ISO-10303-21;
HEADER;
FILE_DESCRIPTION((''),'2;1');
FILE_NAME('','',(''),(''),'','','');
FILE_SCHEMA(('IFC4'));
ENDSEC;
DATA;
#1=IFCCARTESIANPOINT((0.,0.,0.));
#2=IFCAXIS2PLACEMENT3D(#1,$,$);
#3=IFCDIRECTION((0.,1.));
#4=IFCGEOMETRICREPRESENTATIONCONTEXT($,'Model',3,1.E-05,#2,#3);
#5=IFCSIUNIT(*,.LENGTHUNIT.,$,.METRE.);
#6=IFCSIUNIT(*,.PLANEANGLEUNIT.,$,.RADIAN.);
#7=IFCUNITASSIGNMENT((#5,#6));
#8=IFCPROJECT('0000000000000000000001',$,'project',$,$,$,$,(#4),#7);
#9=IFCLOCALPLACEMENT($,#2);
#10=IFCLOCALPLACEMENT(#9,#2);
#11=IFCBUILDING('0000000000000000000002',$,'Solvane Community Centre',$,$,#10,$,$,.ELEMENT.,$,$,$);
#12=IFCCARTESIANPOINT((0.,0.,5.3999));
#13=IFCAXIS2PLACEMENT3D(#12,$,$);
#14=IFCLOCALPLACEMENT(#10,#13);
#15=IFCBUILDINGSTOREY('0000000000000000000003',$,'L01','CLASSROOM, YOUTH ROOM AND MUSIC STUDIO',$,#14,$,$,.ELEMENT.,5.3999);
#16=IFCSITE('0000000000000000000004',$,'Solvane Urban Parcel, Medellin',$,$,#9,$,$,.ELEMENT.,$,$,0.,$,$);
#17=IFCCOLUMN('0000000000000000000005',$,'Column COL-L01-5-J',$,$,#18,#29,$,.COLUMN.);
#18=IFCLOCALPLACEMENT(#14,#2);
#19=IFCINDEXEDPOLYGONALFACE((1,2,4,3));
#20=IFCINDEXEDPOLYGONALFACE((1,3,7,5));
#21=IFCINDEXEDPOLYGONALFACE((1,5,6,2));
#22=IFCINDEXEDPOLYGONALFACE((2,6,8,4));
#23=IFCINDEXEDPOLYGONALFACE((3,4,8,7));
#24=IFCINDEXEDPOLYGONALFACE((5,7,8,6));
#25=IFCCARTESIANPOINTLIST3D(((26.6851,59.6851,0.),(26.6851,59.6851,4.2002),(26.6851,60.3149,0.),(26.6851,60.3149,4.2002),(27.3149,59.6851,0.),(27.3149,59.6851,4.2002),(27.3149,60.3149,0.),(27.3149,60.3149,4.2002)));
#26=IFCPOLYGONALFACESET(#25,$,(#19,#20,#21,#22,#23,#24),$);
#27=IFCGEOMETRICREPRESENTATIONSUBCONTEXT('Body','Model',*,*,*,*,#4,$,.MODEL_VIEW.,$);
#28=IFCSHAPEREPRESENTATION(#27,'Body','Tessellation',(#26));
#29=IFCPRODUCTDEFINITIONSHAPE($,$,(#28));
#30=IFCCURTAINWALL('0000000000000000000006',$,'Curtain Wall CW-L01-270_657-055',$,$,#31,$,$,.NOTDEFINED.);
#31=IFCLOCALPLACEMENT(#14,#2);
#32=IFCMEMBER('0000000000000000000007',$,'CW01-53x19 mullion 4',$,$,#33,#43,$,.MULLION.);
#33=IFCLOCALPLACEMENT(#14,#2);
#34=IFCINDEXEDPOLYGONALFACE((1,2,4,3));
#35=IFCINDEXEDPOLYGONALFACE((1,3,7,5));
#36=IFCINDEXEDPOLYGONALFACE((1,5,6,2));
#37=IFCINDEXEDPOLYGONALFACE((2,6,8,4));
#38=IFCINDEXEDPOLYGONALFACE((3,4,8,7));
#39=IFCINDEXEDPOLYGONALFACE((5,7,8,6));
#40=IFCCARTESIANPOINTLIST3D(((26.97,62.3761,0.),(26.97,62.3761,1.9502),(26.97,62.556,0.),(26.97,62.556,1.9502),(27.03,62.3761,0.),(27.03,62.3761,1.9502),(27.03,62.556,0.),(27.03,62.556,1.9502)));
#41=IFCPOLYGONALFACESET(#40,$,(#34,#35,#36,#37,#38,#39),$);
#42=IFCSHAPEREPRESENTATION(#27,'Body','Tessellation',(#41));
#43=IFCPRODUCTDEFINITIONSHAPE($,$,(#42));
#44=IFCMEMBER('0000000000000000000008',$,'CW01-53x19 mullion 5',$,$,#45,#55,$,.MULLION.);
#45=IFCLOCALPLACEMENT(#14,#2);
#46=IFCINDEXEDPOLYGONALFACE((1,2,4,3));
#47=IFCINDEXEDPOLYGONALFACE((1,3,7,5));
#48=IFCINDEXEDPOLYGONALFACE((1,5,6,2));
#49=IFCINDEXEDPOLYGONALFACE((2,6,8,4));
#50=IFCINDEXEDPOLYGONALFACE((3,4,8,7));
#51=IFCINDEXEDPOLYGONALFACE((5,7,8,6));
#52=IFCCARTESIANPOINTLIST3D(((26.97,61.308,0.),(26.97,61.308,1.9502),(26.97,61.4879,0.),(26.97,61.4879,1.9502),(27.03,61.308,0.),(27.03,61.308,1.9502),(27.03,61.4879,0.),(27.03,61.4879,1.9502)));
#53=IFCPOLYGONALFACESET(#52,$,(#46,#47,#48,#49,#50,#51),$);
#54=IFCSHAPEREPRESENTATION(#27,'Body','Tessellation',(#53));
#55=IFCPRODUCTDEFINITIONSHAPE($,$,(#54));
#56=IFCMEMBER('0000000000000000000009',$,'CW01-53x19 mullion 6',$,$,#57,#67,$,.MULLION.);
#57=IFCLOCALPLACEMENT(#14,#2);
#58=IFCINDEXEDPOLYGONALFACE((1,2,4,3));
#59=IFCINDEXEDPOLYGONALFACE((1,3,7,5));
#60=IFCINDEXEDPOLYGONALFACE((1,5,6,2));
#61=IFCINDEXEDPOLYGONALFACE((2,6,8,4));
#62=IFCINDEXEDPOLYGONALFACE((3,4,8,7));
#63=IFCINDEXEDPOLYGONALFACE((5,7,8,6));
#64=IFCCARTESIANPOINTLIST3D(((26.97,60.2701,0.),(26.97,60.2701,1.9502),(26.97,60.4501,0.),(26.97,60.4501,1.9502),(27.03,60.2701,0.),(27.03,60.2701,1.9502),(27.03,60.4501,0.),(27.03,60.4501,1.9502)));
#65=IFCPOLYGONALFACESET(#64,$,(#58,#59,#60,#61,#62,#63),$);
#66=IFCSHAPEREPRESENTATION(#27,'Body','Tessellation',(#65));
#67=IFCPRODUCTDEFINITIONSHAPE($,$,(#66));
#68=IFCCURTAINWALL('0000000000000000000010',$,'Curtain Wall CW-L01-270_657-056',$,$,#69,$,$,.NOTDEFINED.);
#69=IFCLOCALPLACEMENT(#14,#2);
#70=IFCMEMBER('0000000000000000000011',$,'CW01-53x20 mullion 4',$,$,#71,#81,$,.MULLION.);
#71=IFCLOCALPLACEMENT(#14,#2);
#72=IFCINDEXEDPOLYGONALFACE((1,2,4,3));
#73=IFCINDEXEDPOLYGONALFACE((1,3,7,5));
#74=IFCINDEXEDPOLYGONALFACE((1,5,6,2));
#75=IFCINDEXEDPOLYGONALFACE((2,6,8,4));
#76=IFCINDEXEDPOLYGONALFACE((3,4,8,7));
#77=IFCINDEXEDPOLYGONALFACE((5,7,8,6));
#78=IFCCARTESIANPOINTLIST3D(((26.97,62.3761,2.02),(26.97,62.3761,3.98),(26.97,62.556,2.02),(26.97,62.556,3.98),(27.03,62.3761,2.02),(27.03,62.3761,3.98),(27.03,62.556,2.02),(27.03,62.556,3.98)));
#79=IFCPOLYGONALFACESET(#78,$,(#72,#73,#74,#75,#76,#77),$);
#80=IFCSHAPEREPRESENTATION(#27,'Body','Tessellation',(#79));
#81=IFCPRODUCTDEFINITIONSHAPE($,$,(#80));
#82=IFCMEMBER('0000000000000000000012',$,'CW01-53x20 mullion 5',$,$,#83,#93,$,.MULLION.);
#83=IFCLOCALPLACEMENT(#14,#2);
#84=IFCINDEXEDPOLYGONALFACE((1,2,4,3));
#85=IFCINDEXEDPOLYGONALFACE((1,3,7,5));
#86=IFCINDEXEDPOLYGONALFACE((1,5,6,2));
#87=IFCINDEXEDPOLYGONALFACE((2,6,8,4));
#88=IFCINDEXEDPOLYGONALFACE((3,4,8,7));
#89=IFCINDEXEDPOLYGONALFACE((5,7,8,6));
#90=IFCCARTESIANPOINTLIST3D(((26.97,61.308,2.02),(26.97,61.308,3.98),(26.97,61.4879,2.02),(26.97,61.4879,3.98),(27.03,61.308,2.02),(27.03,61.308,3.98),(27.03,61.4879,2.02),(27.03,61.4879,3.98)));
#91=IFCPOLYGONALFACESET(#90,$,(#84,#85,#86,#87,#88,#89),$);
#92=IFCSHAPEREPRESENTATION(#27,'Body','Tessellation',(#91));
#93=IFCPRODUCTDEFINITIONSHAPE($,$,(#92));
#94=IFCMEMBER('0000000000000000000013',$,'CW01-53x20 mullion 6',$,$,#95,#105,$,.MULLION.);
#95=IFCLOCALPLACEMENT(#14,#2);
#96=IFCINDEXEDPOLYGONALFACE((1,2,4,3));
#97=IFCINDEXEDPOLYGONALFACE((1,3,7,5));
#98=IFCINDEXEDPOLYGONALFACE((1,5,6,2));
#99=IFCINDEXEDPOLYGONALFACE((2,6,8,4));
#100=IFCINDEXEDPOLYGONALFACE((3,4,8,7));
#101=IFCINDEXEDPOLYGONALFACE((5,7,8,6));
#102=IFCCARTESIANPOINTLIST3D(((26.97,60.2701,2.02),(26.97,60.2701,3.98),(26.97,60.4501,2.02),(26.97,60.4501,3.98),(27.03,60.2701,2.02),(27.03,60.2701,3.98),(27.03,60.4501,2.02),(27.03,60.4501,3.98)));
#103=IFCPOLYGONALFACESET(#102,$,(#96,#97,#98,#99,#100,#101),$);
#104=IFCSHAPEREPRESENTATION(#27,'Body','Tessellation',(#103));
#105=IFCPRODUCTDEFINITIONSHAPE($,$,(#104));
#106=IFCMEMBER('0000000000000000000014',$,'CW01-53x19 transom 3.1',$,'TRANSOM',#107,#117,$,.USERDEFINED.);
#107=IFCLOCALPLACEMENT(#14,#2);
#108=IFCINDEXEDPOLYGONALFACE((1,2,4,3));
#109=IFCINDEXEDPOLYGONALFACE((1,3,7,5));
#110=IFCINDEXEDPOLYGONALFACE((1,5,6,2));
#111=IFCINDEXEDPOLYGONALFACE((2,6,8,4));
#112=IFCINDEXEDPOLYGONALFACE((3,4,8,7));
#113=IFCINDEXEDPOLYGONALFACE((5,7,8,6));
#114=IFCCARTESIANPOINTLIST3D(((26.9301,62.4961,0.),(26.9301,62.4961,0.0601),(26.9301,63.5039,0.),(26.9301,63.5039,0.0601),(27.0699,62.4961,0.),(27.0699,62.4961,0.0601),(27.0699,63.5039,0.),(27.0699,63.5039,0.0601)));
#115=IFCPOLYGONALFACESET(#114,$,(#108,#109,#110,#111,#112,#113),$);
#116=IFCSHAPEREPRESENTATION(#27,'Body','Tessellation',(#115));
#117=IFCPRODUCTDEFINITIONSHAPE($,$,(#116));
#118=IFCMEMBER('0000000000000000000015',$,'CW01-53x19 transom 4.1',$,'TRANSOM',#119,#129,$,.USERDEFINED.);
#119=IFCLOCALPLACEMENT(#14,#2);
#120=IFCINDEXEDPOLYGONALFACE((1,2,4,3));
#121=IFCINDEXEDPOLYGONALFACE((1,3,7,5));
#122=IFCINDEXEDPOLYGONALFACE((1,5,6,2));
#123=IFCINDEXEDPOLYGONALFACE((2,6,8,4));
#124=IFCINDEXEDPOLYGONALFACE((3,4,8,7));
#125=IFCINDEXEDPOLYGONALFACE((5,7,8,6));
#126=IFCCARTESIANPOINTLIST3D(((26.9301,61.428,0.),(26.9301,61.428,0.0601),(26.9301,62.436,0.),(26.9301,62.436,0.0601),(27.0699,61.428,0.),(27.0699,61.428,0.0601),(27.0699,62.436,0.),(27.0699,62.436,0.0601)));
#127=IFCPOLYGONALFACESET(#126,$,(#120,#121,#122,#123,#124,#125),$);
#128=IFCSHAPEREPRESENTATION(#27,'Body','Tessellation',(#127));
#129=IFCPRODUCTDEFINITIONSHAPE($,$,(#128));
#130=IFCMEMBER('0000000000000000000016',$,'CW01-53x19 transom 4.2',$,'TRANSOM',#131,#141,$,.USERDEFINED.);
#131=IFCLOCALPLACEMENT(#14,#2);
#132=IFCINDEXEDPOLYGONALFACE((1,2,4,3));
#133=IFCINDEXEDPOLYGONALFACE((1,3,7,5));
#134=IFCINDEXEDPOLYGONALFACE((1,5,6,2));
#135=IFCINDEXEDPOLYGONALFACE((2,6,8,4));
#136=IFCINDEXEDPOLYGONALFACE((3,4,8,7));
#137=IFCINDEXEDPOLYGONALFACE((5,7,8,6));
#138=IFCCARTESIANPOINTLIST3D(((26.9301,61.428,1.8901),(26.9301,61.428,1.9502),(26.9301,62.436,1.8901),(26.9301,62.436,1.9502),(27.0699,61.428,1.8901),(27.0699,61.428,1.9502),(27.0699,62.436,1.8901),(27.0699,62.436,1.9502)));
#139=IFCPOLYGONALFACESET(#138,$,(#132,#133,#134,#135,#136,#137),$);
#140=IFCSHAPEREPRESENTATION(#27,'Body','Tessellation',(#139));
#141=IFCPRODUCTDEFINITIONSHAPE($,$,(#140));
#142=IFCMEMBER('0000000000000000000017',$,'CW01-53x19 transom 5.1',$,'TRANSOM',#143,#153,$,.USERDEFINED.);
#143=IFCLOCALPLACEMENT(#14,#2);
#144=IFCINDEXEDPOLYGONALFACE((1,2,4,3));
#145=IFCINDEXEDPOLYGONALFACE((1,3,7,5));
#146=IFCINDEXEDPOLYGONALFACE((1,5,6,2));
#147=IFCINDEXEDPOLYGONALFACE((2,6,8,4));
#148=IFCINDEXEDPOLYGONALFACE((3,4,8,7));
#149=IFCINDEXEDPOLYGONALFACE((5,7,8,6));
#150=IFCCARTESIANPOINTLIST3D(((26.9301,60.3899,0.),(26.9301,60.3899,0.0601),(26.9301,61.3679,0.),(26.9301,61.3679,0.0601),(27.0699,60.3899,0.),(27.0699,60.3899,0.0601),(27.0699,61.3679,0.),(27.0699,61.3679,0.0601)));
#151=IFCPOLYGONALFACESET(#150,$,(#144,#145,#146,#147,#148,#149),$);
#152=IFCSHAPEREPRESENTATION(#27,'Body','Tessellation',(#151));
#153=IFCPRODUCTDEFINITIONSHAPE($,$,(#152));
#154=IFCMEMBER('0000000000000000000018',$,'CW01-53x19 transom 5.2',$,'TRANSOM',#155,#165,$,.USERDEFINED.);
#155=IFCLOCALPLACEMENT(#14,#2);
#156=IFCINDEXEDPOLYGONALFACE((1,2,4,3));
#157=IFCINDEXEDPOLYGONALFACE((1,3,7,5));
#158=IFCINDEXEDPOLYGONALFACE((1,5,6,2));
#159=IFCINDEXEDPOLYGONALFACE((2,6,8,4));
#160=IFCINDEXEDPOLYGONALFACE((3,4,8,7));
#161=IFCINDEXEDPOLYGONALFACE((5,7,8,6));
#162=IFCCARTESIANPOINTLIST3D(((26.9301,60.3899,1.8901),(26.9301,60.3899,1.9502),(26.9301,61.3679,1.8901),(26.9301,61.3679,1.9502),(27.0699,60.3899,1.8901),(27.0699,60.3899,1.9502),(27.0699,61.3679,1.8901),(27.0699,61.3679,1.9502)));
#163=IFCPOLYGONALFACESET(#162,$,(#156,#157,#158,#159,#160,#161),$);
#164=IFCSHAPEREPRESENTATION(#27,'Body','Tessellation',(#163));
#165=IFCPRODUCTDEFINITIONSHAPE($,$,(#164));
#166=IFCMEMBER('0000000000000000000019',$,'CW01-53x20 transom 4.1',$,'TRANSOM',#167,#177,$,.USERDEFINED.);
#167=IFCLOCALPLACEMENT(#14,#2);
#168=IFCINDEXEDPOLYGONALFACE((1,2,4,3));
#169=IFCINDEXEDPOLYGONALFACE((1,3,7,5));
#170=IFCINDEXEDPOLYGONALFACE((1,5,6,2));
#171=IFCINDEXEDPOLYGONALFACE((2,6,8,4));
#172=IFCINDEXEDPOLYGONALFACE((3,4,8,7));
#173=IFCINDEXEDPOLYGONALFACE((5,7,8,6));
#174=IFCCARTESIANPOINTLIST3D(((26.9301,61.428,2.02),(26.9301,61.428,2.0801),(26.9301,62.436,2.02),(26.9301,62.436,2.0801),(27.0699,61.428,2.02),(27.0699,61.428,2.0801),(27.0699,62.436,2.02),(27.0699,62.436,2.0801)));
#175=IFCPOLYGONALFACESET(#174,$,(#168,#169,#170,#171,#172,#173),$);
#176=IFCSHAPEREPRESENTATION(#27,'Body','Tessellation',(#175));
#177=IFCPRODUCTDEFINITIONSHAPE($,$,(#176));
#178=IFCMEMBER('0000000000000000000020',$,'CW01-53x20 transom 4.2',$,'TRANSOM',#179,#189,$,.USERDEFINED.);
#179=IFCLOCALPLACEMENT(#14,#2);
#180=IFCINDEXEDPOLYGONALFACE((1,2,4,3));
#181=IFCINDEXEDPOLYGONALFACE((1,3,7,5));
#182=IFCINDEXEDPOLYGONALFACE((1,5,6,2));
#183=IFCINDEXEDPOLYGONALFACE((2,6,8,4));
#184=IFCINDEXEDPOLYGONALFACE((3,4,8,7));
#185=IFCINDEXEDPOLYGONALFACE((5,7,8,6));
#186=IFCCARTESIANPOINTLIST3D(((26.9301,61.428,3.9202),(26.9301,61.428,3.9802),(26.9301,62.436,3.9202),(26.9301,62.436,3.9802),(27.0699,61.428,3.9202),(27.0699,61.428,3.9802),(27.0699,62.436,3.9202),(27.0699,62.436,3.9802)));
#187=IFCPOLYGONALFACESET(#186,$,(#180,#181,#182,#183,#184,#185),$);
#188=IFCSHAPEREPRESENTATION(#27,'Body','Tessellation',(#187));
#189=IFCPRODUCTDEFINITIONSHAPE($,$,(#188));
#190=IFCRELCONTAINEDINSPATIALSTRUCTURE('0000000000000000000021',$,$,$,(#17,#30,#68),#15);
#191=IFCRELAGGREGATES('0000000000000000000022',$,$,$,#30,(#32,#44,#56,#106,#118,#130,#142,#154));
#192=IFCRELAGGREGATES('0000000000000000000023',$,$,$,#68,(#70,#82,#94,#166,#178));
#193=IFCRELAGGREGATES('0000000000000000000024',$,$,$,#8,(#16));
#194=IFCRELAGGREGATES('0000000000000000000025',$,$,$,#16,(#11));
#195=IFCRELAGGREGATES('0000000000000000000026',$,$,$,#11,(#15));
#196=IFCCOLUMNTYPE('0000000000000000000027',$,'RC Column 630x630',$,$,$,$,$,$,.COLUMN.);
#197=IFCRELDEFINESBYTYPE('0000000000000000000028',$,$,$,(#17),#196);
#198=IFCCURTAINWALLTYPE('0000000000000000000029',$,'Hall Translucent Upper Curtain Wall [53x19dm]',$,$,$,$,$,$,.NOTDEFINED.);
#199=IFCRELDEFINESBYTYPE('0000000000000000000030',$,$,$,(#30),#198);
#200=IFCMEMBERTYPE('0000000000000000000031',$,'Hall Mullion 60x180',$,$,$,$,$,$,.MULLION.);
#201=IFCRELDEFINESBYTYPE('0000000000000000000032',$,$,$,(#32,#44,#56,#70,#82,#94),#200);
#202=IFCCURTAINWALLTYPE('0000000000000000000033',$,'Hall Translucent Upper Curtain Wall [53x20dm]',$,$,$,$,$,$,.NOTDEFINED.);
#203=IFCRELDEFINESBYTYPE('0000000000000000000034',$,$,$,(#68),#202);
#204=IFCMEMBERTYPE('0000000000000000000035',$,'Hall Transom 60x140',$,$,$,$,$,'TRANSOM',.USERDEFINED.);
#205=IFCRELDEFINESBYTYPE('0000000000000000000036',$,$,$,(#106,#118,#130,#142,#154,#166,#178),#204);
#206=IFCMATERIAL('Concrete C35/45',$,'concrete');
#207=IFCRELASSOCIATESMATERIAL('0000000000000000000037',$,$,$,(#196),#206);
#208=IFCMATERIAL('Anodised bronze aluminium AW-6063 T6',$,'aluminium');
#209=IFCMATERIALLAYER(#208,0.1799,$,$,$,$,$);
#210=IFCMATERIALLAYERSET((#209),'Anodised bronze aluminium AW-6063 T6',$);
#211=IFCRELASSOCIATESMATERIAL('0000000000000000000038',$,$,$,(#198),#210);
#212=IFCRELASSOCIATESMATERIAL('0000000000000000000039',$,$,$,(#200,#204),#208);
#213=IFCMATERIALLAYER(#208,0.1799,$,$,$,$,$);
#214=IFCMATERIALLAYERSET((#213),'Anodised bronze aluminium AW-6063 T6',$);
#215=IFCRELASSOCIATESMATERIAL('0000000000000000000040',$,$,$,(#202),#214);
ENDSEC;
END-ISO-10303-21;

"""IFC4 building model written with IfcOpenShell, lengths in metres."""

from ifc_helpers import new_model, si_unit, direction, frame, origin, origin_2d, place, context, subcontext, project, spatial, rectangle, extrude, material, layer, layer_set, material_profile, profile_set, type_object, element, aggregate, save


model = new_model("IFC4")

# Units and contexts
model_context = context("Model", 3, precision=1e-05, world=origin(), true_north=direction((0.0, 1.0)))
body_context = subcontext(model_context, "Body", "Model", "MODEL_VIEW")
ifc_project = project(units=[si_unit("LENGTHUNIT", "METRE"), si_unit("PLANEANGLEUNIT", "RADIAN")], contexts=[model_context])

# Site, building, storey
site_placement = place(None, origin())
site = spatial("IfcSite", under=ifc_project, at=site_placement, Name="Solvane Urban Parcel, Medellin", CompositionType="ELEMENT", RefElevation=0.0)
building_placement = place(site_placement, origin())
building = spatial("IfcBuilding", under=site, at=building_placement, Name="Solvane Community Centre", CompositionType="ELEMENT")
storey_placement = place(building_placement, frame((0.0, 0.0, 5.3999)))
storey = spatial("IfcBuildingStorey", under=building, at=storey_placement, Name="L01", Description="CLASSROOM, YOUTH ROOM AND MUSIC STUDIO", CompositionType="ELEMENT", Elevation=5.3999)

# Column
ifc_material_1 = material(Name="Concrete C35/45", Category="concrete")
ifc_material_profile_1 = material_profile(ifc_material_1, rectangle(XDim=0.6299, YDim=0.6299, at=origin_2d()), Name="RC 630x630")
ifc_profile_set_1 = profile_set([ifc_material_profile_1], Name="Concrete C35/45")
column_type = type_object("IfcColumnType", Name="RC Column 630x630", PredefinedType="COLUMN", material=ifc_profile_set_1)
column_placement = place(storey_placement, frame((27.0, 60.0, 0.0), z_axis=(0.0, 0.0, 1.0), x_axis=(1.0, 0.0, 0.0)))
element("IfcColumn", 1, at=column_placement, inside=storey, type_object=column_type, Name="Column COL-L01-5-J", PredefinedType="COLUMN", context=body_context, shape_type="SweptSolid", body=[
    extrude(rectangle(XDim=0.6299, YDim=0.6299, at=origin_2d()), origin(), (0.0, 0.0, 1.0), 4.2002),
])

# Curtain walls, members
ifc_material_2 = material(Name="Anodised bronze aluminium AW-6063 T6", Category="aluminium")
ifc_layer_1 = layer(ifc_material_2, 0.1799)
ifc_layer_set_1 = layer_set([ifc_layer_1], Name="Anodised bronze aluminium AW-6063 T6")
curtain_wall_type_1 = type_object("IfcCurtainWallType", Name="Hall Translucent Upper Curtain Wall [53x19dm]", PredefinedType="NOTDEFINED", material=ifc_layer_set_1)
curtain_wall_1_placement = place(storey_placement, origin())
curtain_wall_1 = element("IfcCurtainWall", 2, at=curtain_wall_1_placement, inside=storey, type_object=curtain_wall_type_1, Name="Curtain Wall CW-L01-270_657-055", PredefinedType="NOTDEFINED")
ifc_material_profile_2 = material_profile(ifc_material_2, rectangle(XDim=0.0601, YDim=0.1799, at=origin_2d()), Name="CW-M 60x180")
ifc_profile_set_2 = profile_set([ifc_material_profile_2], Name="Anodised bronze aluminium AW-6063 T6")
member_type_1 = type_object("IfcMemberType", Name="Hall Mullion 60x180", PredefinedType="MULLION", material=ifc_profile_set_2)
member_1_placement = place(storey_placement, frame((27.0, 62.4661, 0.0), z_axis=(0.0, 0.0, 1.0), x_axis=(1.0, 0.0, 0.0)))
member_1 = element("IfcMember", 3, at=member_1_placement, type_object=member_type_1, Name="CW01-53x19 mullion 4", PredefinedType="MULLION", context=body_context, shape_type="SweptSolid", body=[
    extrude(rectangle(XDim=0.0601, YDim=0.1799, at=origin_2d()), origin(), (0.0, 0.0, 1.0), 1.9502),
])
member_2_placement = place(storey_placement, frame((27.0, 61.3979, 0.0), z_axis=(0.0, 0.0, 1.0), x_axis=(1.0, 0.0, 0.0)))
member_2 = element("IfcMember", 4, at=member_2_placement, type_object=member_type_1, Name="CW01-53x19 mullion 5", PredefinedType="MULLION", context=body_context, shape_type="SweptSolid", body=[
    extrude(rectangle(XDim=0.0601, YDim=0.1799, at=origin_2d()), origin(), (0.0, 0.0, 1.0), 1.9502),
])
member_3_placement = place(storey_placement, frame((27.0, 60.3601, 0.0), z_axis=(0.0, 0.0, 1.0), x_axis=(1.0, 0.0, 0.0)))
member_3 = element("IfcMember", 5, at=member_3_placement, type_object=member_type_1, Name="CW01-53x19 mullion 6", PredefinedType="MULLION", context=body_context, shape_type="SweptSolid", body=[
    extrude(rectangle(XDim=0.0601, YDim=0.1799, at=origin_2d()), origin(), (0.0, 0.0, 1.0), 1.9502),
])
ifc_layer_2 = layer(ifc_material_2, 0.1799)
ifc_layer_set_2 = layer_set([ifc_layer_2], Name="Anodised bronze aluminium AW-6063 T6")
curtain_wall_type_2 = type_object("IfcCurtainWallType", Name="Hall Translucent Upper Curtain Wall [53x20dm]", PredefinedType="NOTDEFINED", material=ifc_layer_set_2)
curtain_wall_2_placement = place(storey_placement, origin())
curtain_wall_2 = element("IfcCurtainWall", 6, at=curtain_wall_2_placement, inside=storey, type_object=curtain_wall_type_2, Name="Curtain Wall CW-L01-270_657-056", PredefinedType="NOTDEFINED")
member_4_placement = place(storey_placement, frame((27.0, 62.4661, 2.02), z_axis=(0.0, 0.0, 1.0), x_axis=(1.0, 0.0, 0.0)))
member_4 = element("IfcMember", 7, at=member_4_placement, type_object=member_type_1, Name="CW01-53x20 mullion 4", PredefinedType="MULLION", context=body_context, shape_type="SweptSolid", body=[
    extrude(rectangle(XDim=0.0601, YDim=0.1799, at=origin_2d()), origin(), (0.0, 0.0, 1.0), 1.96),
])
member_5_placement = place(storey_placement, frame((27.0, 61.3979, 2.02), z_axis=(0.0, 0.0, 1.0), x_axis=(1.0, 0.0, 0.0)))
member_5 = element("IfcMember", 8, at=member_5_placement, type_object=member_type_1, Name="CW01-53x20 mullion 5", PredefinedType="MULLION", context=body_context, shape_type="SweptSolid", body=[
    extrude(rectangle(XDim=0.0601, YDim=0.1799, at=origin_2d()), origin(), (0.0, 0.0, 1.0), 1.96),
])
member_6_placement = place(storey_placement, frame((27.0, 60.3601, 2.02), z_axis=(0.0, 0.0, 1.0), x_axis=(1.0, 0.0, 0.0)))
member_6 = element("IfcMember", 9, at=member_6_placement, type_object=member_type_1, Name="CW01-53x20 mullion 6", PredefinedType="MULLION", context=body_context, shape_type="SweptSolid", body=[
    extrude(rectangle(XDim=0.0601, YDim=0.1799, at=origin_2d()), origin(), (0.0, 0.0, 1.0), 1.96),
])

# Members
ifc_material_profile_3 = material_profile(ifc_material_2, rectangle(XDim=0.1399, YDim=0.0601, at=origin_2d()), Name="CW-T 60x140")
ifc_profile_set_3 = profile_set([ifc_material_profile_3], Name="Anodised bronze aluminium AW-6063 T6")
member_type_2 = type_object("IfcMemberType", Name="Hall Transom 60x140", ElementType="TRANSOM", PredefinedType="USERDEFINED", material=ifc_profile_set_3)
member_7_placement = place(storey_placement, frame((27.0, 63.5039, 0.03), z_axis=(0.0, -1.0, 0.0), x_axis=(1.0, 0.0, 0.0)))
member_7 = element("IfcMember", 10, at=member_7_placement, type_object=member_type_2, Name="CW01-53x19 transom 3.1", ObjectType="TRANSOM", PredefinedType="USERDEFINED", context=body_context, shape_type="SweptSolid", body=[
    extrude(rectangle(XDim=0.1399, YDim=0.0601, at=origin_2d()), origin(), (0.0, 0.0, 1.0), 1.0078),
])
member_8_placement = place(storey_placement, frame((27.0, 62.436, 0.03), z_axis=(0.0, -1.0, 0.0), x_axis=(1.0, 0.0, 0.0)))
member_8 = element("IfcMember", 11, at=member_8_placement, type_object=member_type_2, Name="CW01-53x19 transom 4.1", ObjectType="TRANSOM", PredefinedType="USERDEFINED", context=body_context, shape_type="SweptSolid", body=[
    extrude(rectangle(XDim=0.1399, YDim=0.0601, at=origin_2d()), origin(), (0.0, 0.0, 1.0), 1.0081),
])
member_9_placement = place(storey_placement, frame((27.0, 62.436, 1.9202), z_axis=(0.0, -1.0, 0.0), x_axis=(1.0, 0.0, 0.0)))
member_9 = element("IfcMember", 12, at=member_9_placement, type_object=member_type_2, Name="CW01-53x19 transom 4.2", ObjectType="TRANSOM", PredefinedType="USERDEFINED", context=body_context, shape_type="SweptSolid", body=[
    extrude(rectangle(XDim=0.1399, YDim=0.0601, at=origin_2d()), origin(), (0.0, 0.0, 1.0), 1.0081),
])
member_10_placement = place(storey_placement, frame((27.0, 61.3679, 0.03), z_axis=(0.0, -1.0, 0.0), x_axis=(1.0, 0.0, 0.0)))
member_10 = element("IfcMember", 13, at=member_10_placement, type_object=member_type_2, Name="CW01-53x19 transom 5.1", ObjectType="TRANSOM", PredefinedType="USERDEFINED", context=body_context, shape_type="SweptSolid", body=[
    extrude(rectangle(XDim=0.1399, YDim=0.0601, at=origin_2d()), origin(), (0.0, 0.0, 1.0), 0.978),
])
member_11_placement = place(storey_placement, frame((27.0, 61.3679, 1.9202), z_axis=(0.0, -1.0, 0.0), x_axis=(1.0, 0.0, 0.0)))
member_11 = element("IfcMember", 14, at=member_11_placement, type_object=member_type_2, Name="CW01-53x19 transom 5.2", ObjectType="TRANSOM", PredefinedType="USERDEFINED", context=body_context, shape_type="SweptSolid", body=[
    extrude(rectangle(XDim=0.1399, YDim=0.0601, at=origin_2d()), origin(), (0.0, 0.0, 1.0), 0.978),
])
member_12_placement = place(storey_placement, frame((27.0, 62.436, 2.05), z_axis=(0.0, -1.0, 0.0), x_axis=(1.0, 0.0, 0.0)))
member_12 = element("IfcMember", 15, at=member_12_placement, type_object=member_type_2, Name="CW01-53x20 transom 4.1", ObjectType="TRANSOM", PredefinedType="USERDEFINED", context=body_context, shape_type="SweptSolid", body=[
    extrude(rectangle(XDim=0.1399, YDim=0.0601, at=origin_2d()), origin(), (0.0, 0.0, 1.0), 1.0081),
])
member_13_placement = place(storey_placement, frame((27.0, 62.436, 3.9502), z_axis=(0.0, -1.0, 0.0), x_axis=(1.0, 0.0, 0.0)))
member_13 = element("IfcMember", 16, at=member_13_placement, type_object=member_type_2, Name="CW01-53x20 transom 4.2", ObjectType="TRANSOM", PredefinedType="USERDEFINED", context=body_context, shape_type="SweptSolid", body=[
    extrude(rectangle(XDim=0.1399, YDim=0.0601, at=origin_2d()), origin(), (0.0, 0.0, 1.0), 1.0081),
])

aggregate(curtain_wall_1, [member_1, member_2, member_3, member_7, member_8, member_9, member_10, member_11])
aggregate(curtain_wall_2, [member_4, member_5, member_6, member_12, member_13])

save(model, "model.ifc")
